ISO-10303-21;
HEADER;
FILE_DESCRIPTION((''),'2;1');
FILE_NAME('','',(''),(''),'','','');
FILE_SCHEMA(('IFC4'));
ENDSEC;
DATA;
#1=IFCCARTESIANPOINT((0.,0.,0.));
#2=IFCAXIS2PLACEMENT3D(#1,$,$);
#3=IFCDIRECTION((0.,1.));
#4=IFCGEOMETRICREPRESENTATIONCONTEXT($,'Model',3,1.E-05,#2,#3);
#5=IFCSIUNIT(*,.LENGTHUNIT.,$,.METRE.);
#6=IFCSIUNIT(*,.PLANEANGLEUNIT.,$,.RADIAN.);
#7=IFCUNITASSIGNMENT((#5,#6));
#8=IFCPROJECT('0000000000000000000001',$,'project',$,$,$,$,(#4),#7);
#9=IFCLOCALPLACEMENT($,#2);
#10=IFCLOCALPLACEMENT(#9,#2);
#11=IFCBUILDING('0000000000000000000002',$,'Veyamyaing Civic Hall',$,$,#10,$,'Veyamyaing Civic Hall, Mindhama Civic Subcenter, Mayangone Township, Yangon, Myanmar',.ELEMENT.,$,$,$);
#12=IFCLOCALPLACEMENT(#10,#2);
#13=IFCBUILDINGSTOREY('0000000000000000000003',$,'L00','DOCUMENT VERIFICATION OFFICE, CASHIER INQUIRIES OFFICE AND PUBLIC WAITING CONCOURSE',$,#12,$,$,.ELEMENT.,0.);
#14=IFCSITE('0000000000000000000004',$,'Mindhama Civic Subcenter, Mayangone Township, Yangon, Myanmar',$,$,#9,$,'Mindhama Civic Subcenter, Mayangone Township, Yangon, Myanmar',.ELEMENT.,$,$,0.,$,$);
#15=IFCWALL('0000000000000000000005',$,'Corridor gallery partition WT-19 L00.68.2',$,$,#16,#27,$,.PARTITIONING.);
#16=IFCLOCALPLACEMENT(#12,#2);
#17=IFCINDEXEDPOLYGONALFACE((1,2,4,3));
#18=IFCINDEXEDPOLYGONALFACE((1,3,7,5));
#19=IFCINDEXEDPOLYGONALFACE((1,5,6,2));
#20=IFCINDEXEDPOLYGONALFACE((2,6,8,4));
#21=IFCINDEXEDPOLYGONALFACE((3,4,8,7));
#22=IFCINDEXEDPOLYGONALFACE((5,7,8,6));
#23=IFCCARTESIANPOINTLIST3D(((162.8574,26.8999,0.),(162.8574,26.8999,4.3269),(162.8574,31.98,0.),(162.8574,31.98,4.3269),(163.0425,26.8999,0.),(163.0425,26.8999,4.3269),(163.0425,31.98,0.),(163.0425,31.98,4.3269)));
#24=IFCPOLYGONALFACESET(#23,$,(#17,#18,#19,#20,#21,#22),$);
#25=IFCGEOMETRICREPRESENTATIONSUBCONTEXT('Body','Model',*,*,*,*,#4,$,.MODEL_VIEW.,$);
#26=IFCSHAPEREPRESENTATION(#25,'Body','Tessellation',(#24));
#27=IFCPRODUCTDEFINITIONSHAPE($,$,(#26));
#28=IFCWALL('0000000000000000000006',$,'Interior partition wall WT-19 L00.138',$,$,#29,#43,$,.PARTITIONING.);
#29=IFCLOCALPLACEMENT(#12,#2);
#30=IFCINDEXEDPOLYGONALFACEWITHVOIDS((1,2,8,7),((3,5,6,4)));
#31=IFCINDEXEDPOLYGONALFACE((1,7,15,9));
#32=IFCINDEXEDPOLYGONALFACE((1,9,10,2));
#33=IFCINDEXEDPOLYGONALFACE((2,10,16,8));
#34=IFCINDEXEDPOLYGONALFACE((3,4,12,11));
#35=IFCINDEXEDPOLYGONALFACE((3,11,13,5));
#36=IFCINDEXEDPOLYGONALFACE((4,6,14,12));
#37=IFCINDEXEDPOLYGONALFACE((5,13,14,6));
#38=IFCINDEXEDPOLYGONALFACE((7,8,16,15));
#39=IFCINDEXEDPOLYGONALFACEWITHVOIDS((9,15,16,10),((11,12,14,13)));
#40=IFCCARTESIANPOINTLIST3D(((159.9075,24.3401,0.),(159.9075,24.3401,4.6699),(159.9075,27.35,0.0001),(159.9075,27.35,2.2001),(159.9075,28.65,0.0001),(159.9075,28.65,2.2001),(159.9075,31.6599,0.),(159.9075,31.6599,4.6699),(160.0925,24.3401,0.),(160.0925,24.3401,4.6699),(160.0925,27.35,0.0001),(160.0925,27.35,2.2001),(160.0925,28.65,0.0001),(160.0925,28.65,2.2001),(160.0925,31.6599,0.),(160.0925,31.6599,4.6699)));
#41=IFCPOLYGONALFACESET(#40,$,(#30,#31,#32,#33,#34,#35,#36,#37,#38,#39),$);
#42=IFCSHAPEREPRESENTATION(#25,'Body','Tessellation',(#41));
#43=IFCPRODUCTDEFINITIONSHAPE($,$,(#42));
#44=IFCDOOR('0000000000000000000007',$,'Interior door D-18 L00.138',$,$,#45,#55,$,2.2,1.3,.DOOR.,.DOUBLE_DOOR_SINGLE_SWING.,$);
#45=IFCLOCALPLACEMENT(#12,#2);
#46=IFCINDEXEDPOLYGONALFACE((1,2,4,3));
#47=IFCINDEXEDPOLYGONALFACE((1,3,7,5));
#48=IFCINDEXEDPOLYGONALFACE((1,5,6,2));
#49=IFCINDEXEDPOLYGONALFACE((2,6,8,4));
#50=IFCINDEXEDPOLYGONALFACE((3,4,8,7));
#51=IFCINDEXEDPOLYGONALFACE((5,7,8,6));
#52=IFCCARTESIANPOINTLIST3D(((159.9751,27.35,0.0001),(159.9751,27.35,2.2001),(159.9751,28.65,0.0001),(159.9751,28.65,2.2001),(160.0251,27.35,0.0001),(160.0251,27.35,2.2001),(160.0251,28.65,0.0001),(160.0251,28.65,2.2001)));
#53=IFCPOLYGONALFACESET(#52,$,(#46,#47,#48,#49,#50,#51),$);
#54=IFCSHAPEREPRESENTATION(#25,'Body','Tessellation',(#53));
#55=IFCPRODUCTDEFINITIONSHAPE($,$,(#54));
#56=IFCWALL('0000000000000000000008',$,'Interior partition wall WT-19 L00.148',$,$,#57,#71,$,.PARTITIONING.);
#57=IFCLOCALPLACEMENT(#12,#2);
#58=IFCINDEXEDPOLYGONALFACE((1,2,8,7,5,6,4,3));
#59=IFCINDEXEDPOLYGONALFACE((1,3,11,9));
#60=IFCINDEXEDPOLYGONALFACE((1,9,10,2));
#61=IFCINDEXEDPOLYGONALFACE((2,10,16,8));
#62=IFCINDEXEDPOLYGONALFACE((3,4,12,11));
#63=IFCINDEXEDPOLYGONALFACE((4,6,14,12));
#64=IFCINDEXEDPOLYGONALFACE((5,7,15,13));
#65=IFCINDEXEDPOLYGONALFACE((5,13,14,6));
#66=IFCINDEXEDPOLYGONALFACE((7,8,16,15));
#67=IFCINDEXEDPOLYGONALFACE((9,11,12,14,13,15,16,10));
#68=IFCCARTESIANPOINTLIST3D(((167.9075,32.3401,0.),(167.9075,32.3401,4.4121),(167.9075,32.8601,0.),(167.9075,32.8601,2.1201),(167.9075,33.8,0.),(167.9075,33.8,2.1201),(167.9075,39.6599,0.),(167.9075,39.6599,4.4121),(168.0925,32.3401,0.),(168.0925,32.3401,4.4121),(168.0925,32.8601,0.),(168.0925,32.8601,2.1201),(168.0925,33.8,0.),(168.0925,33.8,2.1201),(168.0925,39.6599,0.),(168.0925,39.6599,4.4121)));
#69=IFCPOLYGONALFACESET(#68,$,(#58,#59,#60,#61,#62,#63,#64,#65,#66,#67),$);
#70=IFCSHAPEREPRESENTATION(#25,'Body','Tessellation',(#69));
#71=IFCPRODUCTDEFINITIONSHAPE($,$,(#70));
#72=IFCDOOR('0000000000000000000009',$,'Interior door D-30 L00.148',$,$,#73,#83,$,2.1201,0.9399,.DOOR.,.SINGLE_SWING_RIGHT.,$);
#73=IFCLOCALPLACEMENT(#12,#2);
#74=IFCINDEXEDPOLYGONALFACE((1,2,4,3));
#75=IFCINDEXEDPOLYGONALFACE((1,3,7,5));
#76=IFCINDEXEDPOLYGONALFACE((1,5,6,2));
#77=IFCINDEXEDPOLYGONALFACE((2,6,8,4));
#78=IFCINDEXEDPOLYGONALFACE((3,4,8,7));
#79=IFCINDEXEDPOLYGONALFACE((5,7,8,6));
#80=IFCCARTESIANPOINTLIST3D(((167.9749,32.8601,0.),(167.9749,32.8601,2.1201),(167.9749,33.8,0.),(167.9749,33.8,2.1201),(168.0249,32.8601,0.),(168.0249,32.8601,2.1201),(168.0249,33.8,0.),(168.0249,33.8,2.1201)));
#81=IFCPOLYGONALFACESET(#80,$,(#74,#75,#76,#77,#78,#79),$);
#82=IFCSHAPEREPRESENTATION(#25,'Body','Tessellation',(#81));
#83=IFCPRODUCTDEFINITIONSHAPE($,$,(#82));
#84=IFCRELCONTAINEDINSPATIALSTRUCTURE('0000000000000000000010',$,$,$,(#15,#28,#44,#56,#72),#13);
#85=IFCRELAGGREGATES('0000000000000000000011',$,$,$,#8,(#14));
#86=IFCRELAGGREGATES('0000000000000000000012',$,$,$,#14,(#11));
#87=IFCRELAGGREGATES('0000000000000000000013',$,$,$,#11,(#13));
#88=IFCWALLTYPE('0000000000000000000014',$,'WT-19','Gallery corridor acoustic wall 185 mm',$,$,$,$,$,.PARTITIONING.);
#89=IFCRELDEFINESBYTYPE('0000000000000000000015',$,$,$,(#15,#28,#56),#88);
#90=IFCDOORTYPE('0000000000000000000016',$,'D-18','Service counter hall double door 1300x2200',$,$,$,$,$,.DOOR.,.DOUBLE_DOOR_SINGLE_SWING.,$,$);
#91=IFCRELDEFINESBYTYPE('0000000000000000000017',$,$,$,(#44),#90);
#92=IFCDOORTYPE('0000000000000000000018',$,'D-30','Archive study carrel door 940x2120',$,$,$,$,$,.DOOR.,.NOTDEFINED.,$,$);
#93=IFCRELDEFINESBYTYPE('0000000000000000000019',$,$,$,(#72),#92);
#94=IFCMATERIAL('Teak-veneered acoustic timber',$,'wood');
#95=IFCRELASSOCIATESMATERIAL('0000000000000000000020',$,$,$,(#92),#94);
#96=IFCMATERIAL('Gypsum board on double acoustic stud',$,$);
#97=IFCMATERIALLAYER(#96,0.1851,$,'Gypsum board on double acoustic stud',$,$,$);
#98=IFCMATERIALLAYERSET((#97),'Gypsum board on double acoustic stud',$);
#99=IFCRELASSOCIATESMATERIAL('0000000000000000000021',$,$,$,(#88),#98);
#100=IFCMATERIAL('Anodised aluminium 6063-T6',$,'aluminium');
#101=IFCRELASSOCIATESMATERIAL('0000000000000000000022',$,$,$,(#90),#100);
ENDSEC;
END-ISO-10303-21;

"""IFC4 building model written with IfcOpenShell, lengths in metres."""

from ifc_helpers import new_model, si_unit, direction, frame, frame_2d, origin, place, context, subcontext, project, spatial, rectangle, extrude, material, layer, layer_set, type_object, element, fill, save


model = new_model("IFC4")

# Units and contexts
model_context = context("Model", 3, precision=1e-05, world=origin(), true_north=direction((0.0, 1.0)))
body_context = subcontext(model_context, "Body", "Model", "MODEL_VIEW")
ifc_project = project(units=[si_unit("LENGTHUNIT", "METRE"), si_unit("PLANEANGLEUNIT", "RADIAN")], contexts=[model_context])

# Site, building, storey
site_placement = place(None, origin())
site = spatial("IfcSite", under=ifc_project, at=site_placement, Name="Mindhama Civic Subcenter, Mayangone Township, Yangon, Myanmar", LongName="Mindhama Civic Subcenter, Mayangone Township, Yangon, Myanmar", CompositionType="ELEMENT", RefElevation=0.0)
building_placement = place(site_placement, origin())
building = spatial("IfcBuilding", under=site, at=building_placement, Name="Veyamyaing Civic Hall", LongName="Veyamyaing Civic Hall, Mindhama Civic Subcenter, Mayangone Township, Yangon, Myanmar", CompositionType="ELEMENT")
storey_placement = place(building_placement, origin())
storey = spatial("IfcBuildingStorey", under=building, at=storey_placement, Name="L00", Description="DOCUMENT VERIFICATION OFFICE, CASHIER INQUIRIES OFFICE AND PUBLIC WAITING CONCOURSE", CompositionType="ELEMENT", Elevation=0.0)

# Shared definitions
ifc_material_1 = material(Name="Teak-veneered acoustic timber", Category="wood")
door_type_1 = type_object("IfcDoorType", Name="D-30", Description="Archive study carrel door 940x2120", OperationType="NOTDEFINED", PredefinedType="DOOR", material=ifc_material_1)

# Shared definitions
ifc_material_2 = material(Name="Gypsum board on double acoustic stud")
ifc_layer_1 = layer(ifc_material_2, 0.1851, Name="Gypsum board on double acoustic stud")
ifc_layer_set_1 = layer_set([ifc_layer_1], Name="Gypsum board on double acoustic stud")
wall_type_1 = type_object("IfcWallType", Name="WT-19", Description="Gallery corridor acoustic wall 185 mm", PredefinedType="PARTITIONING", material=ifc_layer_set_1)

# Wall
wall_1_placement = place(storey_placement, frame((162.95, 26.8999, 0.0), z_axis=(0.0, 0.0, 1.0), x_axis=(0.0, 1.0, 0.0)))
element("IfcWall", 1, at=wall_1_placement, inside=storey, type_object=wall_type_1, Name="Corridor gallery partition WT-19 L00.68.2", PredefinedType="PARTITIONING", context=body_context, shape_type="SweptSolid", body=[
    extrude(rectangle(XDim=5.0801, YDim=0.1851, at=frame_2d((2.54, 0.0))), origin(), (0.0, 0.0, 1.0), 4.3269),
])

# Walls, openings, doors
wall_2_placement = place(storey_placement, frame((160.0, 24.3401, 0.0), z_axis=(0.0, 0.0, 1.0), x_axis=(0.0, 1.0, 0.0)))
wall_2 = element("IfcWall", 2, at=wall_2_placement, inside=storey, type_object=wall_type_1, Name="Interior partition wall WT-19 L00.138", PredefinedType="PARTITIONING", context=body_context, shape_type="SweptSolid", body=[
    extrude(rectangle(XDim=7.3198, YDim=0.1851, at=frame_2d((3.6599, 0.0))), origin(), (0.0, 0.0, 1.0), 4.6699),
])
opening_1_placement = place(wall_2_placement, frame((3.01, 0.0, 0.0)))
opening_1 = element("IfcOpeningElement", 3, at=opening_1_placement, cuts=wall_2, PredefinedType="OPENING", context=body_context, shape_type="SweptSolid", body=[
    extrude(rectangle(XDim=1.3, YDim=2.2, at=frame_2d((0.6499, 1.1001))), frame((0.0, 0.1025, 0.0), z_axis=(0.0, -1.0, 0.0), x_axis=(1.0, 0.0, 0.0)), (0.0, 0.0, 1.0), 0.2051),
])
ifc_material_3 = material(Name="Anodised aluminium 6063-T6", Category="aluminium")
door_type_2 = type_object("IfcDoorType", Name="D-18", Description="Service counter hall double door 1300x2200", OperationType="DOUBLE_DOOR_SINGLE_SWING", PredefinedType="DOOR", material=ifc_material_3)
door_1_placement = place(opening_1_placement, origin())
door_1 = element("IfcDoor", 4, at=door_1_placement, inside=storey, type_object=door_type_2, Name="Interior door D-18 L00.138", OperationType="DOUBLE_DOOR_SINGLE_SWING", OverallHeight=2.2, OverallWidth=1.3, PredefinedType="DOOR", context=body_context, shape_type="SweptSolid", body=[
    extrude(rectangle(XDim=1.3, YDim=2.2, at=frame_2d((0.6499, 1.1001))), frame((0.0, 0.0249, 0.0), z_axis=(0.0, -1.0, 0.0), x_axis=(1.0, 0.0, 0.0)), (0.0, 0.0, 1.0), 0.05),
])
fill(opening_1, door_1)
wall_3_placement = place(storey_placement, frame((168.0, 32.3401, 0.0), z_axis=(0.0, 0.0, 1.0), x_axis=(0.0, 1.0, 0.0)))
wall_3 = element("IfcWall", 5, at=wall_3_placement, inside=storey, type_object=wall_type_1, Name="Interior partition wall WT-19 L00.148", PredefinedType="PARTITIONING", context=body_context, shape_type="SweptSolid", body=[
    extrude(rectangle(XDim=7.3198, YDim=0.1851, at=frame_2d((3.6599, 0.0))), origin(), (0.0, 0.0, 1.0), 4.4121),
])
opening_2_placement = place(wall_3_placement, frame((0.52, 0.0, 0.0)))
opening_2 = element("IfcOpeningElement", 6, at=opening_2_placement, cuts=wall_3, PredefinedType="OPENING", context=body_context, shape_type="SweptSolid", body=[
    extrude(rectangle(XDim=0.9399, YDim=2.1201, at=frame_2d((0.47, 1.0601))), frame((0.0, 0.1025, 0.0), z_axis=(0.0, -1.0, 0.0), x_axis=(1.0, 0.0, 0.0)), (0.0, 0.0, 1.0), 0.2051),
])
door_2_placement = place(opening_2_placement, frame((0.9399, 0.0, 0.0), z_axis=(0.0, 0.0, 1.0), x_axis=(-1.0, 0.0, 0.0)))
door_2 = element("IfcDoor", 7, at=door_2_placement, inside=storey, type_object=door_type_1, Name="Interior door D-30 L00.148", OperationType="SINGLE_SWING_RIGHT", OverallHeight=2.1201, OverallWidth=0.9399, PredefinedType="DOOR", context=body_context, shape_type="SweptSolid", body=[
    extrude(rectangle(XDim=0.9399, YDim=2.1201, at=frame_2d((0.47, 1.0601))), frame((0.0, 0.0249, 0.0), z_axis=(0.0, -1.0, 0.0), x_axis=(1.0, 0.0, 0.0)), (0.0, 0.0, 1.0), 0.05),
])
fill(opening_2, door_2)

save(model, "model.ifc")
